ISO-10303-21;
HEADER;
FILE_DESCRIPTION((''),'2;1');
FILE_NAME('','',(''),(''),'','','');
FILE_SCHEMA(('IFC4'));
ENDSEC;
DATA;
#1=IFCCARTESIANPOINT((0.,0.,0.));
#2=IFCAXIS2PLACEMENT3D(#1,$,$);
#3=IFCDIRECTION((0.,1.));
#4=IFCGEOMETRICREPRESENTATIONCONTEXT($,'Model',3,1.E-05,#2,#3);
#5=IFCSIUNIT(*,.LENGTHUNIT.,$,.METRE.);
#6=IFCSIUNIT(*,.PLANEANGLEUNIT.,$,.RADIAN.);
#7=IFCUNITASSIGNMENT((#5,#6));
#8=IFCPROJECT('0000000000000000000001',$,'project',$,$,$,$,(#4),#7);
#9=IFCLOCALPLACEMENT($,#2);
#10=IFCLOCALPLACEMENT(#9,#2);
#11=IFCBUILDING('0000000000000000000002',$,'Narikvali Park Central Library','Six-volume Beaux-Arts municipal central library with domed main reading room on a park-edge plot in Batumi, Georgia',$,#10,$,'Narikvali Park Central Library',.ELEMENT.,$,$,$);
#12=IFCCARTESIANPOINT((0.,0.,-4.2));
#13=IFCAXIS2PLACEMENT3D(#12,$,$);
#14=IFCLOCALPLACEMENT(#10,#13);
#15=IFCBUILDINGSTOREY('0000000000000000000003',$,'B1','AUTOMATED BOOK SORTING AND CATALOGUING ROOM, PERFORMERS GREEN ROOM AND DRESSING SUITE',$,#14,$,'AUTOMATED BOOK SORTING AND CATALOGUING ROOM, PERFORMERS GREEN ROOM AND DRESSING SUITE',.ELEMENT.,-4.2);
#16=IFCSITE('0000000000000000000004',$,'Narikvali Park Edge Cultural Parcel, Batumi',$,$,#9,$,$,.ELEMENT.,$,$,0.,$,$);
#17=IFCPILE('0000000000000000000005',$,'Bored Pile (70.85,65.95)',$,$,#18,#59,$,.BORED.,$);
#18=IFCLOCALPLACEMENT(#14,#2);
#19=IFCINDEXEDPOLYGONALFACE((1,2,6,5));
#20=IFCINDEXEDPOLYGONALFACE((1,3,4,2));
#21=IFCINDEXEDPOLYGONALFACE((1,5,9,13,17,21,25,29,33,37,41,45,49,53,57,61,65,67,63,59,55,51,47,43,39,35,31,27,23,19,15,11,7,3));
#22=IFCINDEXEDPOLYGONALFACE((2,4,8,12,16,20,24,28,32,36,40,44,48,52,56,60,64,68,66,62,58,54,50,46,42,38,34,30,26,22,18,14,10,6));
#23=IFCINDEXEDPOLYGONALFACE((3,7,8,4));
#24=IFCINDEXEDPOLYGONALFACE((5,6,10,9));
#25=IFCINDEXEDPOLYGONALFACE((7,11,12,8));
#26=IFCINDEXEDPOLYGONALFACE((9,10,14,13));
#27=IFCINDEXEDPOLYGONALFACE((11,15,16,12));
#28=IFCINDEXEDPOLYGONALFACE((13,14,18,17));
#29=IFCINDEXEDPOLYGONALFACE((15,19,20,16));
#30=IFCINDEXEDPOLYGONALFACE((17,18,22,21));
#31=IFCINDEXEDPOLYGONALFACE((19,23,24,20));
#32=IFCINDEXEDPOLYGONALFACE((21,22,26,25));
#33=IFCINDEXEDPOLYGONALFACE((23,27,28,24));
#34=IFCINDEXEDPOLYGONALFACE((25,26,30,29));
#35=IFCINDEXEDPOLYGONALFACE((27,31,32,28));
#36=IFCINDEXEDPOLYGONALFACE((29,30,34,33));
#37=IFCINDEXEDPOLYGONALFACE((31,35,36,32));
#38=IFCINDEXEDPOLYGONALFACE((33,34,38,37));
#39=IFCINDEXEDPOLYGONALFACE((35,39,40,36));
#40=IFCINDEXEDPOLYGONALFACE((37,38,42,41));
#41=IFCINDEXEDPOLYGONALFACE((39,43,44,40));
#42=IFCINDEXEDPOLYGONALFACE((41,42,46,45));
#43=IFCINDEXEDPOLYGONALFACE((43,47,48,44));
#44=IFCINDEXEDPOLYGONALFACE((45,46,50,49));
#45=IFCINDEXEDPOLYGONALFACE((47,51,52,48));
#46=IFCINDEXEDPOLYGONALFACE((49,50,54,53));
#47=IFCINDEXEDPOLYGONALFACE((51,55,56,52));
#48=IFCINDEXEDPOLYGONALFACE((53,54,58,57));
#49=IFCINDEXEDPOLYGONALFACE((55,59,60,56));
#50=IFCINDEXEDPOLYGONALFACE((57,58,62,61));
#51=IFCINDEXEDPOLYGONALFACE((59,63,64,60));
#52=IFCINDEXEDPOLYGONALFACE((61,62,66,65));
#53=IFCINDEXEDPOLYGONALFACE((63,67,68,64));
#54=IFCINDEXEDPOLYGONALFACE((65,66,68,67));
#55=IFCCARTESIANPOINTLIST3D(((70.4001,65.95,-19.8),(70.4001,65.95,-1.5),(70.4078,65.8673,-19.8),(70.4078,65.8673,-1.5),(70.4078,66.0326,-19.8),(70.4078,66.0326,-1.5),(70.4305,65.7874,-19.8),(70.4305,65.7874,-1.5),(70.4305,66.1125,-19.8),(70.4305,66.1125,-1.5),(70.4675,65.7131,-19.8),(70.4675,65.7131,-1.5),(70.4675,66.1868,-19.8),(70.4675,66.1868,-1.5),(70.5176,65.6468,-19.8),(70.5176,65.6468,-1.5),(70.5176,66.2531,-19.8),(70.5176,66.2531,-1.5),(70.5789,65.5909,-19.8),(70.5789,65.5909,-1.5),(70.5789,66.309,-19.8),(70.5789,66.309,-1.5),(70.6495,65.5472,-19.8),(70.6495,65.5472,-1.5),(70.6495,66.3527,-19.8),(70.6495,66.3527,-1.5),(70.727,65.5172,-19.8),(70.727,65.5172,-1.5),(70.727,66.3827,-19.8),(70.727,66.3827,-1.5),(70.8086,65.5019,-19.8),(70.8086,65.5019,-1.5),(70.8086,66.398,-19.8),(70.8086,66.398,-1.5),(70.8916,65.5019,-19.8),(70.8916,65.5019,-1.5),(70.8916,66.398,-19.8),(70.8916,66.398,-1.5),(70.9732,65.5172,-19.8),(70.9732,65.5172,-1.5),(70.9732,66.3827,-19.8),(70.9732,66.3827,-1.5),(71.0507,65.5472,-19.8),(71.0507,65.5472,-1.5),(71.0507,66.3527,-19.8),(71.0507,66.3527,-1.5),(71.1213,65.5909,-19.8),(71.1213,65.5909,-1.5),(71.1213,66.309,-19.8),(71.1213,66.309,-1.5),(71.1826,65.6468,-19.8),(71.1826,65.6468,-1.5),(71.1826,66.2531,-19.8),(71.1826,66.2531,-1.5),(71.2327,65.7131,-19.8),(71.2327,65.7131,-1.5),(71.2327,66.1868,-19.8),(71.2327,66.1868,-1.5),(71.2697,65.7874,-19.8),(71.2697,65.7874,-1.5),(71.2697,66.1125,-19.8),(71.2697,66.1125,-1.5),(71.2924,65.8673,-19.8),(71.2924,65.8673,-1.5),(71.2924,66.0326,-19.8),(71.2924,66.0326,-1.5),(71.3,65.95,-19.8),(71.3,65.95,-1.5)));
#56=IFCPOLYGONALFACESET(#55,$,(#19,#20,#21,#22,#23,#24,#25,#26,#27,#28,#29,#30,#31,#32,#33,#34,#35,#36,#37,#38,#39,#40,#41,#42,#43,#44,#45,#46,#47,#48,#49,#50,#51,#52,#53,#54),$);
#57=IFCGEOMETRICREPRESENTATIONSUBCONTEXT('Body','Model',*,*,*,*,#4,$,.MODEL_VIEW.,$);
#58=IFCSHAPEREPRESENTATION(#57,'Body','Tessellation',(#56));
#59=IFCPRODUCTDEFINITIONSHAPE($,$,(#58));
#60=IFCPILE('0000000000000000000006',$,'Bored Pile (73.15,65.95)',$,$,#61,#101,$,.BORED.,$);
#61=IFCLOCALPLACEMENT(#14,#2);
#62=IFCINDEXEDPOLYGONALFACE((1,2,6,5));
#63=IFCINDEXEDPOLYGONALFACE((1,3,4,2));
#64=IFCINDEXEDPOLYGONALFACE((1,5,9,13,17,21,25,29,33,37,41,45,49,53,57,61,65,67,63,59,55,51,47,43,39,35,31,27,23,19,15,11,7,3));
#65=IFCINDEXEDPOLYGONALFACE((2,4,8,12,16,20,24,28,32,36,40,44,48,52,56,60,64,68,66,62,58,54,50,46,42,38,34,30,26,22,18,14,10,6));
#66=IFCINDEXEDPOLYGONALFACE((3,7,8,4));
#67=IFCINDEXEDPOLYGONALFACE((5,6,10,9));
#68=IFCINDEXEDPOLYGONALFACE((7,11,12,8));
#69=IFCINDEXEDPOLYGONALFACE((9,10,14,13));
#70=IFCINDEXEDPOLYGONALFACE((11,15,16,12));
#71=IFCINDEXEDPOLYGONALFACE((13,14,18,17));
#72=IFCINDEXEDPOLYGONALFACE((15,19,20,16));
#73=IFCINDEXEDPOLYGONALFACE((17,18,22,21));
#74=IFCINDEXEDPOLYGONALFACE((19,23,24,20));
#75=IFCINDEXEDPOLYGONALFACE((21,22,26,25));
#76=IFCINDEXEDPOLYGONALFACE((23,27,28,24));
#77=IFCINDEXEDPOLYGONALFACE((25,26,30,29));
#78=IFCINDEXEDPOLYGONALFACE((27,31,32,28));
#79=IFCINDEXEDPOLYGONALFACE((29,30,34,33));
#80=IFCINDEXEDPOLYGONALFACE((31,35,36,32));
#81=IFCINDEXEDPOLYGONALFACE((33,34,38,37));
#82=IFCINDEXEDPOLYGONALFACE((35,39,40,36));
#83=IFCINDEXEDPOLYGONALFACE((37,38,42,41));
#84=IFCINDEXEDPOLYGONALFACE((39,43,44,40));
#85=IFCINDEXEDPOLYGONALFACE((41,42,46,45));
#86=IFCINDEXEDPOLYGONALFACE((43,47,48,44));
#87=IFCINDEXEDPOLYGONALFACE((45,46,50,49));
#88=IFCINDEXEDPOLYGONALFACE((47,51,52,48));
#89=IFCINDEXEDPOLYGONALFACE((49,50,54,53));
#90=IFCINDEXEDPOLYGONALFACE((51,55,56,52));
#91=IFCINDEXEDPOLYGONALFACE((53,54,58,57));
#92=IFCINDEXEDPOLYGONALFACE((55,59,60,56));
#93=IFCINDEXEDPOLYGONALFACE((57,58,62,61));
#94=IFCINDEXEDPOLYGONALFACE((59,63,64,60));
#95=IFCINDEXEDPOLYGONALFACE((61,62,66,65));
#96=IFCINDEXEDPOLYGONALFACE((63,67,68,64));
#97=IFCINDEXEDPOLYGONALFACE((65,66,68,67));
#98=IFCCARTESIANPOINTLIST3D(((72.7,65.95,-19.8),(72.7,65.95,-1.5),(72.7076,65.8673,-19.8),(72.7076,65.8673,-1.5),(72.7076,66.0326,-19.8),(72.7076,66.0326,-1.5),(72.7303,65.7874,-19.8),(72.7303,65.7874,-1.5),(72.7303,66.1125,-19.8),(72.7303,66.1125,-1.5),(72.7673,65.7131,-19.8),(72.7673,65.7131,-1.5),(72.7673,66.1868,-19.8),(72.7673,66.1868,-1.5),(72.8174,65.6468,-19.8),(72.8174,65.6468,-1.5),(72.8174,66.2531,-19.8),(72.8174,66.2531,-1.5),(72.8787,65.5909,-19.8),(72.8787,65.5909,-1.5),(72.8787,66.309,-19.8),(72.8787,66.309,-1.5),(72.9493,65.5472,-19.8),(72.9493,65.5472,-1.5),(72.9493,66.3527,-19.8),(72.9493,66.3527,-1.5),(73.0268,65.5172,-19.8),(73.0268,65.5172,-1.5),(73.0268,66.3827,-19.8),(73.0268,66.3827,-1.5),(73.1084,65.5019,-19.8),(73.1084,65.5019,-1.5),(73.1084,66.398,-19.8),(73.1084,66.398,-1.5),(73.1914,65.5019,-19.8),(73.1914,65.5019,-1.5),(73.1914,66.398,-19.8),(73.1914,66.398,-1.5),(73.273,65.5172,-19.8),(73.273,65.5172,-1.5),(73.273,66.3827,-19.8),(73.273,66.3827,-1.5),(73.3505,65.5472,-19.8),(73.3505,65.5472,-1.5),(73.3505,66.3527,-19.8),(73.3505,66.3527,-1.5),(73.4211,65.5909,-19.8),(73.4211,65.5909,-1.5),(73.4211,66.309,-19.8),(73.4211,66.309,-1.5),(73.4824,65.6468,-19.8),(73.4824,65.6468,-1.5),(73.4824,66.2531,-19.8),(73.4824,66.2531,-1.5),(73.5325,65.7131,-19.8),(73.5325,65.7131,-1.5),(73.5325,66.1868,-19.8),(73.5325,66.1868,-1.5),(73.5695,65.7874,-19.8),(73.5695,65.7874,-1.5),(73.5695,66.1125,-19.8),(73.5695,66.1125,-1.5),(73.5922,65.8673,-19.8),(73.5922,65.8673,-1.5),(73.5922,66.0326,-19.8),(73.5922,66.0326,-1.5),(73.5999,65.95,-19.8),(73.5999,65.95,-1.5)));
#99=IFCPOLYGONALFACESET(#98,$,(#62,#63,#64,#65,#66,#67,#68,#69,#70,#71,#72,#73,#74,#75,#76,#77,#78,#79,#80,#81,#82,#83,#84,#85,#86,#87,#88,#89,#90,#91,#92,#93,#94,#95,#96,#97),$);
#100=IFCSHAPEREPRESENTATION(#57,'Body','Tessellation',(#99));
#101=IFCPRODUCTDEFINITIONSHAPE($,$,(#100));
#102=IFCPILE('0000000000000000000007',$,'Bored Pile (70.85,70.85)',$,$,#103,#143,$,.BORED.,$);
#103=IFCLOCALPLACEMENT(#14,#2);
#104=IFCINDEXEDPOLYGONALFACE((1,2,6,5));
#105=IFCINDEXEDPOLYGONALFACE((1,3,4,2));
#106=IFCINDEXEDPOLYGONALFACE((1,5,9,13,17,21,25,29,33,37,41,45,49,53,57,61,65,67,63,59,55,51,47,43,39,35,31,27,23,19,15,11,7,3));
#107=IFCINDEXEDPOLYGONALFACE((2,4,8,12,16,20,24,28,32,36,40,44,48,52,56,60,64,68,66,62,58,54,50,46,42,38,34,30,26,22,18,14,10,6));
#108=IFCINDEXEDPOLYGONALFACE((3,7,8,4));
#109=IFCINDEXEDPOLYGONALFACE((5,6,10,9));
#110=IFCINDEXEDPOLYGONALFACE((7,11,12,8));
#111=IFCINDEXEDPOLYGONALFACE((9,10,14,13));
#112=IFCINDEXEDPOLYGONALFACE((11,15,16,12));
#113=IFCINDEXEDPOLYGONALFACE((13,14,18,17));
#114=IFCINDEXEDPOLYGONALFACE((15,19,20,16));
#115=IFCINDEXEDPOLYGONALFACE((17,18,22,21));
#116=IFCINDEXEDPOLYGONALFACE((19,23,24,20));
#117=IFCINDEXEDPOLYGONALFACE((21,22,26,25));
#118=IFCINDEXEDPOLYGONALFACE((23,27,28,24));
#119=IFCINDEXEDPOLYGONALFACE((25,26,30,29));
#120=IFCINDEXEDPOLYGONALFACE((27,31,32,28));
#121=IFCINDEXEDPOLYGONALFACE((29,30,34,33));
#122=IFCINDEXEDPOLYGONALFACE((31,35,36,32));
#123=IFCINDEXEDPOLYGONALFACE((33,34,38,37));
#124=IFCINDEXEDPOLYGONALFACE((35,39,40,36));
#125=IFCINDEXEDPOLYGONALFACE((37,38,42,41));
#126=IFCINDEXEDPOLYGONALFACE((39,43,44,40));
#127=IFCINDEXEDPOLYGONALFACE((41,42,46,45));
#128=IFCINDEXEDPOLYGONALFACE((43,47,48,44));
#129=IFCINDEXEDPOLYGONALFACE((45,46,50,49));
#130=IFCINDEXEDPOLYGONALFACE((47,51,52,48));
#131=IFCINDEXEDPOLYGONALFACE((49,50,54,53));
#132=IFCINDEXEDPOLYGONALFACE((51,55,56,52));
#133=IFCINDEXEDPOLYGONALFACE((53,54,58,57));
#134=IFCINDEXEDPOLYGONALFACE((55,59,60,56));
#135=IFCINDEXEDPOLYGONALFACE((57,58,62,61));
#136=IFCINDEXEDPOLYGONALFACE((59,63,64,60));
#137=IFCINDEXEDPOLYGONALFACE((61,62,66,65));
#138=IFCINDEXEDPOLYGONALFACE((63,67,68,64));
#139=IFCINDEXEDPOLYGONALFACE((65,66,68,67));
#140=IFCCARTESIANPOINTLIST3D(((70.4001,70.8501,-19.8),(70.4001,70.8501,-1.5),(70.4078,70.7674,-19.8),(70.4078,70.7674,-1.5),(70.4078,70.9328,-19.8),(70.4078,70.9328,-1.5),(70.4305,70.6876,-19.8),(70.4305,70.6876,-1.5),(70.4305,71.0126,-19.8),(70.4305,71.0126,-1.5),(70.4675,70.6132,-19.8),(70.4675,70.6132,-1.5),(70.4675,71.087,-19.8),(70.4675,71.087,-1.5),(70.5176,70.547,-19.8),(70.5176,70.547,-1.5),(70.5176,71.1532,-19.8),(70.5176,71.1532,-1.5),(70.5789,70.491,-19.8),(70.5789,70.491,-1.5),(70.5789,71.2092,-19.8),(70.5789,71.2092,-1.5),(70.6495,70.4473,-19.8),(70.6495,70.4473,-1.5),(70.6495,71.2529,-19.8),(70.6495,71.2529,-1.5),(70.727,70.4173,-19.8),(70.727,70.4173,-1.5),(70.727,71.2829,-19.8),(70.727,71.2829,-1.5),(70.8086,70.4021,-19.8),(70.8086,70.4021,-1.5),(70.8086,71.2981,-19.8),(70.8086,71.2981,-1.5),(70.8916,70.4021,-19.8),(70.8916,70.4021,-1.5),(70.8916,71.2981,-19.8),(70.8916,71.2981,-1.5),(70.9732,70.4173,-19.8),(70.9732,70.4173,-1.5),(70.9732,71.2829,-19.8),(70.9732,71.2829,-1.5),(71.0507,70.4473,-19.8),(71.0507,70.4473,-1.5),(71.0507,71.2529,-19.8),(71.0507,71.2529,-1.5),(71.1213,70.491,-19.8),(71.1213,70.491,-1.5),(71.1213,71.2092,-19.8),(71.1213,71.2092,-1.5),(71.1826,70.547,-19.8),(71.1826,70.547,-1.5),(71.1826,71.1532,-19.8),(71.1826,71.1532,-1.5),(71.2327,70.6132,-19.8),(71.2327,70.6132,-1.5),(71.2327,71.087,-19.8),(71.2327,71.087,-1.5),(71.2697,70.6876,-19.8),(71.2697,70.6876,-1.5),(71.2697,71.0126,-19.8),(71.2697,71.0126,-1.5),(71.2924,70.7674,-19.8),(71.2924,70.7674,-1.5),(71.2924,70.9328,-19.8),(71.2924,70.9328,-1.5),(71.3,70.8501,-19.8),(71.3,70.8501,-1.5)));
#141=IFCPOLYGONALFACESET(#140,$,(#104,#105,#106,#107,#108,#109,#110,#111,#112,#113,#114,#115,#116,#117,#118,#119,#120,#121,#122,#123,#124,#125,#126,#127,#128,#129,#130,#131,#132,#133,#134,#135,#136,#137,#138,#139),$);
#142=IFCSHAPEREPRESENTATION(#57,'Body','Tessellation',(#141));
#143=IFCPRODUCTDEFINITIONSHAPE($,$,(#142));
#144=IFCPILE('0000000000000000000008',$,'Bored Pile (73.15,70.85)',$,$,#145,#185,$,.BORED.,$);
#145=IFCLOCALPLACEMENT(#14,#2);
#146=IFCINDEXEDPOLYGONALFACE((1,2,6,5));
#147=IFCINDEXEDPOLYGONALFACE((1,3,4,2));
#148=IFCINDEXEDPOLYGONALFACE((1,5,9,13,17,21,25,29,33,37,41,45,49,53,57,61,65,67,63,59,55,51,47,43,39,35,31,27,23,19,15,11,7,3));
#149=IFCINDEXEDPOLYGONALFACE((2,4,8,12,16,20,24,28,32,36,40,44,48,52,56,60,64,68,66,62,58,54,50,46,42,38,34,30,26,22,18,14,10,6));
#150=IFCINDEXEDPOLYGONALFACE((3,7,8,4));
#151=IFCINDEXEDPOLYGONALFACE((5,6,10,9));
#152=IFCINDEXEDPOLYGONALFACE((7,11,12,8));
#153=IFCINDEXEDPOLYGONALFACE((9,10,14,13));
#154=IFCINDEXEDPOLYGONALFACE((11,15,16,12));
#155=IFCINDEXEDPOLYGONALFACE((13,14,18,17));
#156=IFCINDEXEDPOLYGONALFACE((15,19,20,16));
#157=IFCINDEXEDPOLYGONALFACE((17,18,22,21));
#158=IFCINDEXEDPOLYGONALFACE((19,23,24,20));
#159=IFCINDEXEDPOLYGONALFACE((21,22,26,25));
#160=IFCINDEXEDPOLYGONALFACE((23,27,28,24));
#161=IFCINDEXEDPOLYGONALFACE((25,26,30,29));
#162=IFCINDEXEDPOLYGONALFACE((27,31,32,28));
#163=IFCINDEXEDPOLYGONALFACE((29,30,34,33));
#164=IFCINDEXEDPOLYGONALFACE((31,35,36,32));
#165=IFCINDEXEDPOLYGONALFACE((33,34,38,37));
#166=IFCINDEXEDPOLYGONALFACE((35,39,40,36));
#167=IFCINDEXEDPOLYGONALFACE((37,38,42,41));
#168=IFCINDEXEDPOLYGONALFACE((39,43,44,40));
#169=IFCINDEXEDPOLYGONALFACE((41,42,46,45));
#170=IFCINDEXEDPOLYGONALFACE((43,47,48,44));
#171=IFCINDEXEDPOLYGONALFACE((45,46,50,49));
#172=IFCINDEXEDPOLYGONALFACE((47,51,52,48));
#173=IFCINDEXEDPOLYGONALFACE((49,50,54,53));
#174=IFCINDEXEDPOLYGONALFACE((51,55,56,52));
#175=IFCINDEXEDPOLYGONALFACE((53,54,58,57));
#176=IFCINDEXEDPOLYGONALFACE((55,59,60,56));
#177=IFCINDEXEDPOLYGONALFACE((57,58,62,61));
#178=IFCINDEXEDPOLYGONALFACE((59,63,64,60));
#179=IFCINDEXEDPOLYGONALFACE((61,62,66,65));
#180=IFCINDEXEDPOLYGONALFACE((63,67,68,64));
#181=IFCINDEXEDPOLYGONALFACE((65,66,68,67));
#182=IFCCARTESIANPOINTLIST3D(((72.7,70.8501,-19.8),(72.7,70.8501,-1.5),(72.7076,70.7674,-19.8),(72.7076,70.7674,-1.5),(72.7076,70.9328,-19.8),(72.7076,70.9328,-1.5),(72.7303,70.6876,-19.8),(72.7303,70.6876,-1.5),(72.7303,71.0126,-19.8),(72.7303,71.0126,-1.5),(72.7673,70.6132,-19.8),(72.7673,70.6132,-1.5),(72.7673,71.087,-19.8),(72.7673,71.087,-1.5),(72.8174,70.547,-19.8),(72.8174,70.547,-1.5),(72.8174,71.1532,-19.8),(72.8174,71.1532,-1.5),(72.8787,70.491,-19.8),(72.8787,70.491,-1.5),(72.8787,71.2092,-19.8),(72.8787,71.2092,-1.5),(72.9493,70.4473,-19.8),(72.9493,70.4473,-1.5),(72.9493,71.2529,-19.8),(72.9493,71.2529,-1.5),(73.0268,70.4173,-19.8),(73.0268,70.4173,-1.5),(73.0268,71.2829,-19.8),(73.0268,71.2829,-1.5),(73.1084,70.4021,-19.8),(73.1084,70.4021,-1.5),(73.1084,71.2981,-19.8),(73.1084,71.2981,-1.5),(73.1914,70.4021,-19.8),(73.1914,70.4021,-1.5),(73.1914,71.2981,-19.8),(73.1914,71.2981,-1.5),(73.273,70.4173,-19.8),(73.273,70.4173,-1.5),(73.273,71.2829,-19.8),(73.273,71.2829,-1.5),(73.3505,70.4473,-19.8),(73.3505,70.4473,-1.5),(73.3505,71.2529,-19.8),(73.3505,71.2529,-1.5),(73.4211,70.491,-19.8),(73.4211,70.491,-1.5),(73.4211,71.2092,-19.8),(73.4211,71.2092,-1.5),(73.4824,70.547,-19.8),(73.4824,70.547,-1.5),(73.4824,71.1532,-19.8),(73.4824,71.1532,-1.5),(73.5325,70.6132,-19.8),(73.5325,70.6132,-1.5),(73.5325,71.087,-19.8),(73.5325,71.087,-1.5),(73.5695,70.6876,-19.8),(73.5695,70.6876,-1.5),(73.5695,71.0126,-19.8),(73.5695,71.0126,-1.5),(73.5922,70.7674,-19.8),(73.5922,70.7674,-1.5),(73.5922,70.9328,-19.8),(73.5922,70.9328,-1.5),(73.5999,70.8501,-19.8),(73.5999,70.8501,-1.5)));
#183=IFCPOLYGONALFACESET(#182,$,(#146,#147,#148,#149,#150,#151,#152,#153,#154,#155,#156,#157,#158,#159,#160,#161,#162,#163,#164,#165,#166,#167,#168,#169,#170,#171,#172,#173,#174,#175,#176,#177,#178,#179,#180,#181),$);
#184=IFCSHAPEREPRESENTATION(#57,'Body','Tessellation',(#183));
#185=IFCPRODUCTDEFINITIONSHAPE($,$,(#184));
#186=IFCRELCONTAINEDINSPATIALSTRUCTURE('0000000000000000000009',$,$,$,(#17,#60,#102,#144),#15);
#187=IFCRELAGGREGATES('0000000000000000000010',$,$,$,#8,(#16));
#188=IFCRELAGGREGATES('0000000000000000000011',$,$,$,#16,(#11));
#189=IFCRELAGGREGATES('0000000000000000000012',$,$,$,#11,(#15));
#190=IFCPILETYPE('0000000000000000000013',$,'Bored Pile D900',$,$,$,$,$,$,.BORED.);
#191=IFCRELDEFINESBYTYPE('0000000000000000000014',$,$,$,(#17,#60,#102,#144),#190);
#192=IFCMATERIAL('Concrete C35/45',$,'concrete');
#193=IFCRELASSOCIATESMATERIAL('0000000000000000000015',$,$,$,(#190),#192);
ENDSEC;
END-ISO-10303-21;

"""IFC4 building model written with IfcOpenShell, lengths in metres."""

from ifc_helpers import new_model, si_unit, direction, frame, origin, origin_2d, place, context, subcontext, project, spatial, circle, extrude, material, material_profile, profile_set, type_object, element, save


model = new_model("IFC4")

# Units and contexts
model_context = context("Model", 3, precision=1e-05, world=origin(), true_north=direction((0.0, 1.0)))
body_context = subcontext(model_context, "Body", "Model", "MODEL_VIEW")
ifc_project = project(units=[si_unit("LENGTHUNIT", "METRE"), si_unit("PLANEANGLEUNIT", "RADIAN")], contexts=[model_context])

# Site, building, storey
site_placement = place(None, origin())
site = spatial("IfcSite", under=ifc_project, at=site_placement, Name="Narikvali Park Edge Cultural Parcel, Batumi", CompositionType="ELEMENT", RefElevation=0.0)
building_placement = place(site_placement, origin())
building = spatial("IfcBuilding", under=site, at=building_placement, Name="Narikvali Park Central Library", Description="Six-volume Beaux-Arts municipal central library with domed main reading room on a park-edge plot in Batumi, Georgia", LongName="Narikvali Park Central Library", CompositionType="ELEMENT")
storey_placement = place(building_placement, frame((0.0, 0.0, -4.2)))
storey = spatial("IfcBuildingStorey", under=building, at=storey_placement, Name="B1", Description="AUTOMATED BOOK SORTING AND CATALOGUING ROOM, PERFORMERS GREEN ROOM AND DRESSING SUITE", LongName="AUTOMATED BOOK SORTING AND CATALOGUING ROOM, PERFORMERS GREEN ROOM AND DRESSING SUITE", CompositionType="ELEMENT", Elevation=-4.2)

# Piles
ifc_material_1 = material(Name="Concrete C35/45", Category="concrete")
ifc_material_profile_1 = material_profile(ifc_material_1, circle(Radius=0.45, at=origin_2d()), Name="PILE D900")
ifc_profile_set_1 = profile_set([ifc_material_profile_1], Name="Concrete C35/45")
pile_type = type_object("IfcPileType", Name="Bored Pile D900", PredefinedType="BORED", material=ifc_profile_set_1)
for number, where, z_axis, x_axis, name in (
    (1, (70.8501, 65.95, -1.5), (0.0, 0.0, -1.0), (1.0, 0.0, 0.0), "Bored Pile (70.85,65.95)"),
    (2, (73.1499, 65.95, -1.5), (0.0, 0.0, -1.0), (1.0, 0.0, 0.0), "Bored Pile (73.15,65.95)"),
    (3, (70.8501, 70.8501, -1.5), (0.0, 0.0, -1.0), (1.0, 0.0, 0.0), "Bored Pile (70.85,70.85)"),
    (4, (73.1499, 70.8501, -1.5), (0.0, 0.0, -1.0), (1.0, 0.0, 0.0), "Bored Pile (73.15,70.85)"),
):
    element("IfcPile", number, at=place(storey_placement, frame(where, z_axis=z_axis, x_axis=x_axis)), inside=storey, type_object=pile_type, Name=name, PredefinedType="BORED", context=body_context, shape_type="SweptSolid", body=[
        extrude(circle(Radius=0.45, at=origin_2d()), origin(), (0.0, 0.0, 1.0), 18.3),
    ])

save(model, "model.ifc")
